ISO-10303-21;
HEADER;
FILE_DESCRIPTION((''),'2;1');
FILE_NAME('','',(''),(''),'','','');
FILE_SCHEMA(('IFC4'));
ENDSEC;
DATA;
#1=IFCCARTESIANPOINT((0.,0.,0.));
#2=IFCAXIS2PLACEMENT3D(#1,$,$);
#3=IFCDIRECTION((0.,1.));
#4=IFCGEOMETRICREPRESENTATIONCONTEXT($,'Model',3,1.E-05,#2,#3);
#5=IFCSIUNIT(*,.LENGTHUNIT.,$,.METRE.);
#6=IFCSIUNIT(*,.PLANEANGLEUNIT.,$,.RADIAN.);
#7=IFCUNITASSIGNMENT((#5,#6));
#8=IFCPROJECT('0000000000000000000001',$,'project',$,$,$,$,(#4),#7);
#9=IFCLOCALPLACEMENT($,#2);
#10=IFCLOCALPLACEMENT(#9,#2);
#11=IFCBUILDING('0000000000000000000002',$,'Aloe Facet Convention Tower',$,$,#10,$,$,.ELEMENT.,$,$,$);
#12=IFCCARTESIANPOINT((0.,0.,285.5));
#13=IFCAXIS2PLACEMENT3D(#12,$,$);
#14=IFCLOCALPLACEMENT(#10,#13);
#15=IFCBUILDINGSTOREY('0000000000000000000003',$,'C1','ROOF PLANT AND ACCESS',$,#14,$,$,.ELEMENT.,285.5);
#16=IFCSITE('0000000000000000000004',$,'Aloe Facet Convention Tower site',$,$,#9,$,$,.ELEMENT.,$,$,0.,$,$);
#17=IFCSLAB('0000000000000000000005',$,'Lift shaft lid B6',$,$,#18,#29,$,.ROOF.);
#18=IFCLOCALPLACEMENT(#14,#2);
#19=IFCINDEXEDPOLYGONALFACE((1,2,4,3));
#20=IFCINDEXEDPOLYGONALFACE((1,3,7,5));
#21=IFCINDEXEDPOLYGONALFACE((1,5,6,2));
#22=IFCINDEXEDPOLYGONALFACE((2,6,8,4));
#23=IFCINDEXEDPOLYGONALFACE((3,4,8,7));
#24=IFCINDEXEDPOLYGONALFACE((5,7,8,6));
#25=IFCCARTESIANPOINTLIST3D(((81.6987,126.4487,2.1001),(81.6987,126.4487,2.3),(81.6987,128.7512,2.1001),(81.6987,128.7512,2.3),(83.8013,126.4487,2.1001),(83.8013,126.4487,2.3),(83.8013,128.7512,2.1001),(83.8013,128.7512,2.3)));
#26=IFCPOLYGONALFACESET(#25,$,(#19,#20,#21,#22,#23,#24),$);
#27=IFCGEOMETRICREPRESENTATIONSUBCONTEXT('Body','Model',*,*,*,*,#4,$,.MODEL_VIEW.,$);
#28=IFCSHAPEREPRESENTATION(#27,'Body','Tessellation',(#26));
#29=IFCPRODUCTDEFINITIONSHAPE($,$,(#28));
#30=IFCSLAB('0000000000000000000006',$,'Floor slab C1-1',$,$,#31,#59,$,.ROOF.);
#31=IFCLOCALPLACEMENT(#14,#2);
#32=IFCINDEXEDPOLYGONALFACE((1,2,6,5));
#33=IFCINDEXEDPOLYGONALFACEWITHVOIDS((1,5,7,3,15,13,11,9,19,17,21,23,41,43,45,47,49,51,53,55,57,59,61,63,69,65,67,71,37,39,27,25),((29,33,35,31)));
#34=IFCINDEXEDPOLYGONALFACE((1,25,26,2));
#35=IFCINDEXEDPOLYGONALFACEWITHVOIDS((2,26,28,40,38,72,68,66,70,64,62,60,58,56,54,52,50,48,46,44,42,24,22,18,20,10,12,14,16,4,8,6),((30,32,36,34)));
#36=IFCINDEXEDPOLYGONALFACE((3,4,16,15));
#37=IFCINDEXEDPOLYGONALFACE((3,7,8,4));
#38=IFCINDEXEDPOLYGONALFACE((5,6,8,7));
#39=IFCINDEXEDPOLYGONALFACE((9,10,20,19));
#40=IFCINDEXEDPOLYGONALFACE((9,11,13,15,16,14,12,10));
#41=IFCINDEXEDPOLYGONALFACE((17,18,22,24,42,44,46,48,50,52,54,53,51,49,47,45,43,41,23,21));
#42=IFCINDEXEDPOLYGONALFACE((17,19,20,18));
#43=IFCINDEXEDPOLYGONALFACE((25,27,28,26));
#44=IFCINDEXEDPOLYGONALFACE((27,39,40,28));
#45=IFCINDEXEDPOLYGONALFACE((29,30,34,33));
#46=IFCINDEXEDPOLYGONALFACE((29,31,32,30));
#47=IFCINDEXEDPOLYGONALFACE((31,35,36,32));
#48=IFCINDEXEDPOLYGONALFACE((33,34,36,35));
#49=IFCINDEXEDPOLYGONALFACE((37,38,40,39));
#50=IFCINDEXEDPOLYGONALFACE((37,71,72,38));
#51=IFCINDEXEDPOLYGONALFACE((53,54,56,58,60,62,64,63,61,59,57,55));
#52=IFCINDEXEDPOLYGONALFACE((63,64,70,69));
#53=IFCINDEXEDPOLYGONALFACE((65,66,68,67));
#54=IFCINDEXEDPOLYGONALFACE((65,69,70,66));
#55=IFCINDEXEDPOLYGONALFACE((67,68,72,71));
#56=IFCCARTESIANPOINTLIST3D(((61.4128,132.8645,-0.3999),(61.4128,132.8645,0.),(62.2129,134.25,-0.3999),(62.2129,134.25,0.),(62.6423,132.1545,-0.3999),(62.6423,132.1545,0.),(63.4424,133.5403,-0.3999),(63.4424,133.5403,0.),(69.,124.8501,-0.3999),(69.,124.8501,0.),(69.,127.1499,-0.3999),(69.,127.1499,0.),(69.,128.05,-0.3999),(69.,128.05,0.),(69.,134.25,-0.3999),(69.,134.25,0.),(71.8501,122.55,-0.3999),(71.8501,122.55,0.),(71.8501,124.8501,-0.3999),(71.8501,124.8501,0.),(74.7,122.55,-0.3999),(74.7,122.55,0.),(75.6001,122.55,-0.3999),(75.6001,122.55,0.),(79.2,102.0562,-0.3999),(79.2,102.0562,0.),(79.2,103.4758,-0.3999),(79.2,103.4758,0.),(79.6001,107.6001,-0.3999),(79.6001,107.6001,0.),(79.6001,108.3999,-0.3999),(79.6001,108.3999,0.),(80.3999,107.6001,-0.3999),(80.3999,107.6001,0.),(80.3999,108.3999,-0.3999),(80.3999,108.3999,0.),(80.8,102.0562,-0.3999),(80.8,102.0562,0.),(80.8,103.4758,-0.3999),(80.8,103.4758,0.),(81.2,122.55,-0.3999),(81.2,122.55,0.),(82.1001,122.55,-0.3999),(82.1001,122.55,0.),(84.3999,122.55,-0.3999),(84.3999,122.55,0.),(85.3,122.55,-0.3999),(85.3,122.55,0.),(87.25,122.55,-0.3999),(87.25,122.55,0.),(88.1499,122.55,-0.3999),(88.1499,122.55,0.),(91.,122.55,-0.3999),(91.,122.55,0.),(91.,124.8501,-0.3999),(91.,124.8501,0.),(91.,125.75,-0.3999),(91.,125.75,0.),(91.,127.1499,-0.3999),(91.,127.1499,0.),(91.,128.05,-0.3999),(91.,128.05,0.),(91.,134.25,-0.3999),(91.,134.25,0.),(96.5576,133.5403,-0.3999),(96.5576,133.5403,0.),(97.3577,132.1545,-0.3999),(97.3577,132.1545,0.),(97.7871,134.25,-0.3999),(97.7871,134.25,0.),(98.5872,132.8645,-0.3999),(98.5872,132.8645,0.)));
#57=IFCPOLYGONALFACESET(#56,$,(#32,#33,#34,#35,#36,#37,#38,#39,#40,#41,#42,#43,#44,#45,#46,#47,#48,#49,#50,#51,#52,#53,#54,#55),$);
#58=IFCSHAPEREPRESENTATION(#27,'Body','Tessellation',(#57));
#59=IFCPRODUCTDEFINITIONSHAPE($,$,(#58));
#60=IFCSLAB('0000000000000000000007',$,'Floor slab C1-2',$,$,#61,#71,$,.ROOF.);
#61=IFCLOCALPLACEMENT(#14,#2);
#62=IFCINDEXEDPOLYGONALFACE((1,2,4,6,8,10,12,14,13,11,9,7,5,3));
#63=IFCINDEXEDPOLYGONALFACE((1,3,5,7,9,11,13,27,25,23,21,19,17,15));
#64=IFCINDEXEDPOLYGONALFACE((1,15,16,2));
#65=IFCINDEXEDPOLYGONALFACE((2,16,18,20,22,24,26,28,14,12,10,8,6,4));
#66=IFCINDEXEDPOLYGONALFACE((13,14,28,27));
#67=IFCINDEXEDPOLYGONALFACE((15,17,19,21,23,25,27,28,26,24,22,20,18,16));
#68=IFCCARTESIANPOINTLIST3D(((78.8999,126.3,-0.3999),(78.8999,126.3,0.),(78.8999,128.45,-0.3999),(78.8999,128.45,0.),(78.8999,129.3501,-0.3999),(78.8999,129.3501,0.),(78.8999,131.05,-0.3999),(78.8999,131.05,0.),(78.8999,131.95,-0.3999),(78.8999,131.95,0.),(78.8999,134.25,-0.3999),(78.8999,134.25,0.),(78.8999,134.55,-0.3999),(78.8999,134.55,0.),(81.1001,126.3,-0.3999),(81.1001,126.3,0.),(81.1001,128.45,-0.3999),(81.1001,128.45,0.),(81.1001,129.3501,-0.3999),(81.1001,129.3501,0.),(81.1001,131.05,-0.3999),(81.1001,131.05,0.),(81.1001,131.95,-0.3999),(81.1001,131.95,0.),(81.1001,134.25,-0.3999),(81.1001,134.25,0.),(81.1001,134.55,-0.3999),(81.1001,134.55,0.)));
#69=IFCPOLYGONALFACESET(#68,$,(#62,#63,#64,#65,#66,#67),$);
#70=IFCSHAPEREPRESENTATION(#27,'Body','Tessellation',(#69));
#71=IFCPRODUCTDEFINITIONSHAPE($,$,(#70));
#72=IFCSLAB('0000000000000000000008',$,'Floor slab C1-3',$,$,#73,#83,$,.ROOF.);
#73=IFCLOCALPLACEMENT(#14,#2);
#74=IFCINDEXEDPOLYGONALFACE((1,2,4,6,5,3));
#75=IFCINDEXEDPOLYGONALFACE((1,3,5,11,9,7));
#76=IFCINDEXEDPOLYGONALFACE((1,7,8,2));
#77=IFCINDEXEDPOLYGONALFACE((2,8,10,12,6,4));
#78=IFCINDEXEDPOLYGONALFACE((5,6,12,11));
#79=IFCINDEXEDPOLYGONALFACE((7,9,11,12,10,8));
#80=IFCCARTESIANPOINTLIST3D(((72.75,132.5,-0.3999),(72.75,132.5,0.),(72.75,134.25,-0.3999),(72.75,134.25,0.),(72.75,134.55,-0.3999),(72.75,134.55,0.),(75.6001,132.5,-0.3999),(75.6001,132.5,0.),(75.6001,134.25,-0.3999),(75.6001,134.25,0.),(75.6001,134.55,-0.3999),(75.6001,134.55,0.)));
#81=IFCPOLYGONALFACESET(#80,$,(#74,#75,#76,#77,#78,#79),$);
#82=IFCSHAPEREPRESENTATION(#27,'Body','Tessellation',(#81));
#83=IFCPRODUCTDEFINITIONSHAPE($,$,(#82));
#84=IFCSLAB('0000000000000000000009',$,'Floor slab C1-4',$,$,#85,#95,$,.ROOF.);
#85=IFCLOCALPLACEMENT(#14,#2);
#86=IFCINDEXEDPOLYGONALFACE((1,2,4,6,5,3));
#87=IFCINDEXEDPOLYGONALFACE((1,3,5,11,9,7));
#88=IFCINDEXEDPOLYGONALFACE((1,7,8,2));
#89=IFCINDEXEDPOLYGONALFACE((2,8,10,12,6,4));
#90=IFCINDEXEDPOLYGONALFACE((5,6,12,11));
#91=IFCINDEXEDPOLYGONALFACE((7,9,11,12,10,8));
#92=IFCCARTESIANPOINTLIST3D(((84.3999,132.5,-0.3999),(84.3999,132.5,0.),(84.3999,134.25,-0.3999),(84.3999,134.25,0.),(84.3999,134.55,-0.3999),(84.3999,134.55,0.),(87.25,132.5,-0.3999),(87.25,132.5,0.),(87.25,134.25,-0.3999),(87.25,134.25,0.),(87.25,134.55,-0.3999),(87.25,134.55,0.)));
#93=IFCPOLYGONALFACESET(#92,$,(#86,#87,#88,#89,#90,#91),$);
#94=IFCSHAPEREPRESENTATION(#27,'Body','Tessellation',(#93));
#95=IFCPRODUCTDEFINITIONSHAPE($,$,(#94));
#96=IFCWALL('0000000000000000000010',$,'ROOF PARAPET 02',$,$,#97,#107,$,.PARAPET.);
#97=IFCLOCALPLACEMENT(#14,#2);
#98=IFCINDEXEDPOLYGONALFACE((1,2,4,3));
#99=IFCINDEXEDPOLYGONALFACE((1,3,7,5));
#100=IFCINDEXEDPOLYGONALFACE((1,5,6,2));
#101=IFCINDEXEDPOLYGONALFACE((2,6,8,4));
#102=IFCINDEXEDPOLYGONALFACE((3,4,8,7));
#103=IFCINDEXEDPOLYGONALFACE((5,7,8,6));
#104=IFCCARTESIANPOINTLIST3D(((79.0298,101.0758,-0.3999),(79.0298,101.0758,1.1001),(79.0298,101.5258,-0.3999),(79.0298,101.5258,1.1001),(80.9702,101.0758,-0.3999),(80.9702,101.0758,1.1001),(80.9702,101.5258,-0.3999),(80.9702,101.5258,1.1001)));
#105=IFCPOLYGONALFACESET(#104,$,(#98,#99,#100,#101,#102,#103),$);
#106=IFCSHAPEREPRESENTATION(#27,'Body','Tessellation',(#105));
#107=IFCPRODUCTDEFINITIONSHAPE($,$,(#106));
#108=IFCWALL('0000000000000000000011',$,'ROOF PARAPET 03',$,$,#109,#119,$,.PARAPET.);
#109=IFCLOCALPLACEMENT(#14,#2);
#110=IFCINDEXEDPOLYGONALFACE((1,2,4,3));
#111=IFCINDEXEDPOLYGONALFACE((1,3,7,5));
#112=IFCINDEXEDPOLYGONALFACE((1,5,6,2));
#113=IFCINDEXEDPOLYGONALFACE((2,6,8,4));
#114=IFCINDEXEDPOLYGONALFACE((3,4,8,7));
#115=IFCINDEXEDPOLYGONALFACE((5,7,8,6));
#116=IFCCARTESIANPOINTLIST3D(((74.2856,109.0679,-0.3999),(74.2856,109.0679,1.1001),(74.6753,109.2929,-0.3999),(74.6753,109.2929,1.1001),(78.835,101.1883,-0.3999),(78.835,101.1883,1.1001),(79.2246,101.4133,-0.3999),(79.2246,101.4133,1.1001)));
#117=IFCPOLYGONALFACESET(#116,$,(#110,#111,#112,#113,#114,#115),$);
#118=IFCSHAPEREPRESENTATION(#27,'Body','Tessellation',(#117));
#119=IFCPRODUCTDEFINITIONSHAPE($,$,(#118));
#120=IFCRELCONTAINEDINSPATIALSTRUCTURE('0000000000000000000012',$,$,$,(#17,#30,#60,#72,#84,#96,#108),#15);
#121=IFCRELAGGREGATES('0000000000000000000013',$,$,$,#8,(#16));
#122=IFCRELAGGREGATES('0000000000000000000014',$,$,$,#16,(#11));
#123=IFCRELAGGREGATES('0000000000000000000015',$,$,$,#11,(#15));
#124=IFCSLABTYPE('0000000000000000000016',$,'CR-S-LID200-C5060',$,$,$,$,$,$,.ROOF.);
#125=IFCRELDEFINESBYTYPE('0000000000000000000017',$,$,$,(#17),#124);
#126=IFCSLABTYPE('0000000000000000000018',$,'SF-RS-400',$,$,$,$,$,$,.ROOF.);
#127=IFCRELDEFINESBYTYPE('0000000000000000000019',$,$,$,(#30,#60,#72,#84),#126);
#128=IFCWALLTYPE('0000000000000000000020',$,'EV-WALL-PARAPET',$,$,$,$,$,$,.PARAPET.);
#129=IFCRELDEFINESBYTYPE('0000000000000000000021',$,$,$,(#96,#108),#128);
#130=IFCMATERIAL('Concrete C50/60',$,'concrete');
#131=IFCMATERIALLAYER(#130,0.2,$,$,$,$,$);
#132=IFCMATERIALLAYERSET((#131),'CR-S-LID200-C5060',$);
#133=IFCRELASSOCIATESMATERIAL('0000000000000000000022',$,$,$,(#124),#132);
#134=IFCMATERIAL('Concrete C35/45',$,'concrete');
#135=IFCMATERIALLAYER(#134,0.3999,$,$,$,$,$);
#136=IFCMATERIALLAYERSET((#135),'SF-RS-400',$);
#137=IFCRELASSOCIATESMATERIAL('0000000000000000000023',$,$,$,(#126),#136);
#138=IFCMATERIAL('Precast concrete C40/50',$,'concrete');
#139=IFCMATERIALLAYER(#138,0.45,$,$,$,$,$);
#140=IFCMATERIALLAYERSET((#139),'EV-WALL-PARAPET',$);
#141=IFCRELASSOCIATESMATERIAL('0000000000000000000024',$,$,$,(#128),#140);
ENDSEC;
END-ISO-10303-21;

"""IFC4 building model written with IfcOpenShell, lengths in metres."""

from ifc_helpers import new_model, si_unit, direction, frame, frame_2d, origin, place, context, subcontext, project, spatial, polyline, rectangle, outline, extrude, material, layer, layer_set, type_object, element, save


model = new_model("IFC4")

# Units and contexts
model_context = context("Model", 3, precision=1e-05, world=origin(), true_north=direction((0.0, 1.0)))
body_context = subcontext(model_context, "Body", "Model", "MODEL_VIEW")
ifc_project = project(units=[si_unit("LENGTHUNIT", "METRE"), si_unit("PLANEANGLEUNIT", "RADIAN")], contexts=[model_context])

# Site, building, storey
site_placement = place(None, origin())
site = spatial("IfcSite", under=ifc_project, at=site_placement, Name="Aloe Facet Convention Tower site", CompositionType="ELEMENT", RefElevation=0.0)
building_placement = place(site_placement, origin())
building = spatial("IfcBuilding", under=site, at=building_placement, Name="Aloe Facet Convention Tower", CompositionType="ELEMENT")
storey_placement = place(building_placement, frame((0.0, 0.0, 285.5)))
storey = spatial("IfcBuildingStorey", under=building, at=storey_placement, Name="C1", Description="ROOF PLANT AND ACCESS", CompositionType="ELEMENT", Elevation=285.5)

# Slabs
ifc_material_1 = material(Name="Concrete C50/60", Category="concrete")
ifc_layer_1 = layer(ifc_material_1, 0.2)
ifc_layer_set_1 = layer_set([ifc_layer_1], Name="CR-S-LID200-C5060")
slab_type_1 = type_object("IfcSlabType", Name="CR-S-LID200-C5060", PredefinedType="ROOF", material=ifc_layer_set_1)
slab_1_placement = place(storey_placement, frame((0.0, 0.0, 2.1001)))
element("IfcSlab", 1, at=slab_1_placement, inside=storey, type_object=slab_type_1, Name="Lift shaft lid B6", PredefinedType="ROOF", context=body_context, shape_type="SweptSolid", body=[
    extrude(outline(polyline([(83.8013, 128.7512), (83.8013, 126.4487), (81.6987, 126.4487), (81.6987, 128.7512), (83.8013, 128.7512)])), origin(), (0.0, 0.0, 1.0), 0.2),
])
ifc_material_2 = material(Name="Concrete C35/45", Category="concrete")
ifc_layer_2 = layer(ifc_material_2, 0.3999)
ifc_layer_set_2 = layer_set([ifc_layer_2], Name="SF-RS-400")
slab_type_2 = type_object("IfcSlabType", Name="SF-RS-400", PredefinedType="ROOF", material=ifc_layer_set_2)
slab_2_placement = place(storey_placement, frame((0.0, 0.0, -0.3999)))
element("IfcSlab", 2, at=slab_2_placement, inside=storey, type_object=slab_type_2, Name="Floor slab C1-1", PredefinedType="ROOF", context=body_context, shape_type="SweptSolid", body=[
    extrude(outline(polyline([(79.2, 102.0562), (61.4128, 132.8645), (62.6423, 132.1545), (63.4424, 133.5403), (62.2129, 134.25), (69.0, 134.25), (69.0, 128.05), (69.0, 127.1499), (69.0, 124.8501), (71.8501, 124.8501), (71.8501, 122.55), (74.7, 122.55), (75.6001, 122.55), (81.2, 122.55), (82.1001, 122.55), (84.3999, 122.55), (85.3, 122.55), (87.25, 122.55), (88.1499, 122.55), (91.0, 122.55), (91.0, 124.8501), (91.0, 125.75), (91.0, 127.1499), (91.0, 128.05), (91.0, 134.25), (97.7871, 134.25), (96.5576, 133.5403), (97.3577, 132.1545), (98.5872, 132.8645), (80.8, 102.0562), (80.8, 103.4758), (79.2, 103.4758), (79.2, 102.0562)]), holes=[polyline([(79.6001, 108.3999), (79.6001, 107.6001), (80.3999, 107.6001), (80.3999, 108.3999), (79.6001, 108.3999)])]), origin(), (0.0, 0.0, 1.0), 0.3999),
])
slab_3_placement = place(storey_placement, frame((0.0, 0.0, -0.3999)))
element("IfcSlab", 3, at=slab_3_placement, inside=storey, type_object=slab_type_2, Name="Floor slab C1-2", PredefinedType="ROOF", context=body_context, shape_type="SweptSolid", body=[
    extrude(outline(polyline([(81.1001, 128.45), (81.1001, 126.3), (78.8999, 126.3), (78.8999, 128.45), (78.8999, 129.3501), (78.8999, 131.05), (78.8999, 131.95), (78.8999, 134.25), (78.8999, 134.55), (81.1001, 134.55), (81.1001, 134.25), (81.1001, 131.95), (81.1001, 131.05), (81.1001, 129.3501), (81.1001, 128.45)])), origin(), (0.0, 0.0, 1.0), 0.3999),
])
slab_4_placement = place(storey_placement, frame((0.0, 0.0, -0.3999)))
element("IfcSlab", 4, at=slab_4_placement, inside=storey, type_object=slab_type_2, Name="Floor slab C1-3", PredefinedType="ROOF", context=body_context, shape_type="SweptSolid", body=[
    extrude(outline(polyline([(72.75, 134.55), (75.6001, 134.55), (75.6001, 134.25), (75.6001, 132.5), (72.75, 132.5), (72.75, 134.25), (72.75, 134.55)])), origin(), (0.0, 0.0, 1.0), 0.3999),
])
slab_5_placement = place(storey_placement, frame((0.0, 0.0, -0.3999)))
element("IfcSlab", 5, at=slab_5_placement, inside=storey, type_object=slab_type_2, Name="Floor slab C1-4", PredefinedType="ROOF", context=body_context, shape_type="SweptSolid", body=[
    extrude(outline(polyline([(84.3999, 134.55), (87.25, 134.55), (87.25, 134.25), (87.25, 132.5), (84.3999, 132.5), (84.3999, 134.25), (84.3999, 134.55)])), origin(), (0.0, 0.0, 1.0), 0.3999),
])

# Walls
ifc_material_3 = material(Name="Precast concrete C40/50", Category="concrete")
ifc_layer_3 = layer(ifc_material_3, 0.45)
ifc_layer_set_3 = layer_set([ifc_layer_3], Name="EV-WALL-PARAPET")
wall_type = type_object("IfcWallType", Name="EV-WALL-PARAPET", PredefinedType="PARAPET", material=ifc_layer_set_3)
wall_1_placement = place(storey_placement, frame((80.9702, 101.3008, -0.3999), z_axis=(0.0, 0.0, 1.0), x_axis=(-1.0, 0.0, 0.0)))
element("IfcWall", 6, at=wall_1_placement, inside=storey, type_object=wall_type, Name="ROOF PARAPET 02", PredefinedType="PARAPET", context=body_context, shape_type="SweptSolid", body=[
    extrude(rectangle(XDim=1.9404, YDim=0.45, at=frame_2d((0.9702, 0.0))), origin(), (0.0, 0.0, 1.0), 1.5),
])
wall_2_placement = place(storey_placement, frame((79.0298, 101.3008, -0.3999), z_axis=(0.0, 0.0, 1.0), x_axis=(-0.5, 0.866025, 0.0)))
element("IfcWall", 7, at=wall_2_placement, inside=storey, type_object=wall_type, Name="ROOF PARAPET 03", PredefinedType="PARAPET", context=body_context, shape_type="SweptSolid", body=[
    extrude(rectangle(XDim=9.0986, YDim=0.45, at=frame_2d((4.5493, 0.0))), origin(), (0.0, 0.0, 1.0), 1.5),
])

save(model, "model.ifc")
